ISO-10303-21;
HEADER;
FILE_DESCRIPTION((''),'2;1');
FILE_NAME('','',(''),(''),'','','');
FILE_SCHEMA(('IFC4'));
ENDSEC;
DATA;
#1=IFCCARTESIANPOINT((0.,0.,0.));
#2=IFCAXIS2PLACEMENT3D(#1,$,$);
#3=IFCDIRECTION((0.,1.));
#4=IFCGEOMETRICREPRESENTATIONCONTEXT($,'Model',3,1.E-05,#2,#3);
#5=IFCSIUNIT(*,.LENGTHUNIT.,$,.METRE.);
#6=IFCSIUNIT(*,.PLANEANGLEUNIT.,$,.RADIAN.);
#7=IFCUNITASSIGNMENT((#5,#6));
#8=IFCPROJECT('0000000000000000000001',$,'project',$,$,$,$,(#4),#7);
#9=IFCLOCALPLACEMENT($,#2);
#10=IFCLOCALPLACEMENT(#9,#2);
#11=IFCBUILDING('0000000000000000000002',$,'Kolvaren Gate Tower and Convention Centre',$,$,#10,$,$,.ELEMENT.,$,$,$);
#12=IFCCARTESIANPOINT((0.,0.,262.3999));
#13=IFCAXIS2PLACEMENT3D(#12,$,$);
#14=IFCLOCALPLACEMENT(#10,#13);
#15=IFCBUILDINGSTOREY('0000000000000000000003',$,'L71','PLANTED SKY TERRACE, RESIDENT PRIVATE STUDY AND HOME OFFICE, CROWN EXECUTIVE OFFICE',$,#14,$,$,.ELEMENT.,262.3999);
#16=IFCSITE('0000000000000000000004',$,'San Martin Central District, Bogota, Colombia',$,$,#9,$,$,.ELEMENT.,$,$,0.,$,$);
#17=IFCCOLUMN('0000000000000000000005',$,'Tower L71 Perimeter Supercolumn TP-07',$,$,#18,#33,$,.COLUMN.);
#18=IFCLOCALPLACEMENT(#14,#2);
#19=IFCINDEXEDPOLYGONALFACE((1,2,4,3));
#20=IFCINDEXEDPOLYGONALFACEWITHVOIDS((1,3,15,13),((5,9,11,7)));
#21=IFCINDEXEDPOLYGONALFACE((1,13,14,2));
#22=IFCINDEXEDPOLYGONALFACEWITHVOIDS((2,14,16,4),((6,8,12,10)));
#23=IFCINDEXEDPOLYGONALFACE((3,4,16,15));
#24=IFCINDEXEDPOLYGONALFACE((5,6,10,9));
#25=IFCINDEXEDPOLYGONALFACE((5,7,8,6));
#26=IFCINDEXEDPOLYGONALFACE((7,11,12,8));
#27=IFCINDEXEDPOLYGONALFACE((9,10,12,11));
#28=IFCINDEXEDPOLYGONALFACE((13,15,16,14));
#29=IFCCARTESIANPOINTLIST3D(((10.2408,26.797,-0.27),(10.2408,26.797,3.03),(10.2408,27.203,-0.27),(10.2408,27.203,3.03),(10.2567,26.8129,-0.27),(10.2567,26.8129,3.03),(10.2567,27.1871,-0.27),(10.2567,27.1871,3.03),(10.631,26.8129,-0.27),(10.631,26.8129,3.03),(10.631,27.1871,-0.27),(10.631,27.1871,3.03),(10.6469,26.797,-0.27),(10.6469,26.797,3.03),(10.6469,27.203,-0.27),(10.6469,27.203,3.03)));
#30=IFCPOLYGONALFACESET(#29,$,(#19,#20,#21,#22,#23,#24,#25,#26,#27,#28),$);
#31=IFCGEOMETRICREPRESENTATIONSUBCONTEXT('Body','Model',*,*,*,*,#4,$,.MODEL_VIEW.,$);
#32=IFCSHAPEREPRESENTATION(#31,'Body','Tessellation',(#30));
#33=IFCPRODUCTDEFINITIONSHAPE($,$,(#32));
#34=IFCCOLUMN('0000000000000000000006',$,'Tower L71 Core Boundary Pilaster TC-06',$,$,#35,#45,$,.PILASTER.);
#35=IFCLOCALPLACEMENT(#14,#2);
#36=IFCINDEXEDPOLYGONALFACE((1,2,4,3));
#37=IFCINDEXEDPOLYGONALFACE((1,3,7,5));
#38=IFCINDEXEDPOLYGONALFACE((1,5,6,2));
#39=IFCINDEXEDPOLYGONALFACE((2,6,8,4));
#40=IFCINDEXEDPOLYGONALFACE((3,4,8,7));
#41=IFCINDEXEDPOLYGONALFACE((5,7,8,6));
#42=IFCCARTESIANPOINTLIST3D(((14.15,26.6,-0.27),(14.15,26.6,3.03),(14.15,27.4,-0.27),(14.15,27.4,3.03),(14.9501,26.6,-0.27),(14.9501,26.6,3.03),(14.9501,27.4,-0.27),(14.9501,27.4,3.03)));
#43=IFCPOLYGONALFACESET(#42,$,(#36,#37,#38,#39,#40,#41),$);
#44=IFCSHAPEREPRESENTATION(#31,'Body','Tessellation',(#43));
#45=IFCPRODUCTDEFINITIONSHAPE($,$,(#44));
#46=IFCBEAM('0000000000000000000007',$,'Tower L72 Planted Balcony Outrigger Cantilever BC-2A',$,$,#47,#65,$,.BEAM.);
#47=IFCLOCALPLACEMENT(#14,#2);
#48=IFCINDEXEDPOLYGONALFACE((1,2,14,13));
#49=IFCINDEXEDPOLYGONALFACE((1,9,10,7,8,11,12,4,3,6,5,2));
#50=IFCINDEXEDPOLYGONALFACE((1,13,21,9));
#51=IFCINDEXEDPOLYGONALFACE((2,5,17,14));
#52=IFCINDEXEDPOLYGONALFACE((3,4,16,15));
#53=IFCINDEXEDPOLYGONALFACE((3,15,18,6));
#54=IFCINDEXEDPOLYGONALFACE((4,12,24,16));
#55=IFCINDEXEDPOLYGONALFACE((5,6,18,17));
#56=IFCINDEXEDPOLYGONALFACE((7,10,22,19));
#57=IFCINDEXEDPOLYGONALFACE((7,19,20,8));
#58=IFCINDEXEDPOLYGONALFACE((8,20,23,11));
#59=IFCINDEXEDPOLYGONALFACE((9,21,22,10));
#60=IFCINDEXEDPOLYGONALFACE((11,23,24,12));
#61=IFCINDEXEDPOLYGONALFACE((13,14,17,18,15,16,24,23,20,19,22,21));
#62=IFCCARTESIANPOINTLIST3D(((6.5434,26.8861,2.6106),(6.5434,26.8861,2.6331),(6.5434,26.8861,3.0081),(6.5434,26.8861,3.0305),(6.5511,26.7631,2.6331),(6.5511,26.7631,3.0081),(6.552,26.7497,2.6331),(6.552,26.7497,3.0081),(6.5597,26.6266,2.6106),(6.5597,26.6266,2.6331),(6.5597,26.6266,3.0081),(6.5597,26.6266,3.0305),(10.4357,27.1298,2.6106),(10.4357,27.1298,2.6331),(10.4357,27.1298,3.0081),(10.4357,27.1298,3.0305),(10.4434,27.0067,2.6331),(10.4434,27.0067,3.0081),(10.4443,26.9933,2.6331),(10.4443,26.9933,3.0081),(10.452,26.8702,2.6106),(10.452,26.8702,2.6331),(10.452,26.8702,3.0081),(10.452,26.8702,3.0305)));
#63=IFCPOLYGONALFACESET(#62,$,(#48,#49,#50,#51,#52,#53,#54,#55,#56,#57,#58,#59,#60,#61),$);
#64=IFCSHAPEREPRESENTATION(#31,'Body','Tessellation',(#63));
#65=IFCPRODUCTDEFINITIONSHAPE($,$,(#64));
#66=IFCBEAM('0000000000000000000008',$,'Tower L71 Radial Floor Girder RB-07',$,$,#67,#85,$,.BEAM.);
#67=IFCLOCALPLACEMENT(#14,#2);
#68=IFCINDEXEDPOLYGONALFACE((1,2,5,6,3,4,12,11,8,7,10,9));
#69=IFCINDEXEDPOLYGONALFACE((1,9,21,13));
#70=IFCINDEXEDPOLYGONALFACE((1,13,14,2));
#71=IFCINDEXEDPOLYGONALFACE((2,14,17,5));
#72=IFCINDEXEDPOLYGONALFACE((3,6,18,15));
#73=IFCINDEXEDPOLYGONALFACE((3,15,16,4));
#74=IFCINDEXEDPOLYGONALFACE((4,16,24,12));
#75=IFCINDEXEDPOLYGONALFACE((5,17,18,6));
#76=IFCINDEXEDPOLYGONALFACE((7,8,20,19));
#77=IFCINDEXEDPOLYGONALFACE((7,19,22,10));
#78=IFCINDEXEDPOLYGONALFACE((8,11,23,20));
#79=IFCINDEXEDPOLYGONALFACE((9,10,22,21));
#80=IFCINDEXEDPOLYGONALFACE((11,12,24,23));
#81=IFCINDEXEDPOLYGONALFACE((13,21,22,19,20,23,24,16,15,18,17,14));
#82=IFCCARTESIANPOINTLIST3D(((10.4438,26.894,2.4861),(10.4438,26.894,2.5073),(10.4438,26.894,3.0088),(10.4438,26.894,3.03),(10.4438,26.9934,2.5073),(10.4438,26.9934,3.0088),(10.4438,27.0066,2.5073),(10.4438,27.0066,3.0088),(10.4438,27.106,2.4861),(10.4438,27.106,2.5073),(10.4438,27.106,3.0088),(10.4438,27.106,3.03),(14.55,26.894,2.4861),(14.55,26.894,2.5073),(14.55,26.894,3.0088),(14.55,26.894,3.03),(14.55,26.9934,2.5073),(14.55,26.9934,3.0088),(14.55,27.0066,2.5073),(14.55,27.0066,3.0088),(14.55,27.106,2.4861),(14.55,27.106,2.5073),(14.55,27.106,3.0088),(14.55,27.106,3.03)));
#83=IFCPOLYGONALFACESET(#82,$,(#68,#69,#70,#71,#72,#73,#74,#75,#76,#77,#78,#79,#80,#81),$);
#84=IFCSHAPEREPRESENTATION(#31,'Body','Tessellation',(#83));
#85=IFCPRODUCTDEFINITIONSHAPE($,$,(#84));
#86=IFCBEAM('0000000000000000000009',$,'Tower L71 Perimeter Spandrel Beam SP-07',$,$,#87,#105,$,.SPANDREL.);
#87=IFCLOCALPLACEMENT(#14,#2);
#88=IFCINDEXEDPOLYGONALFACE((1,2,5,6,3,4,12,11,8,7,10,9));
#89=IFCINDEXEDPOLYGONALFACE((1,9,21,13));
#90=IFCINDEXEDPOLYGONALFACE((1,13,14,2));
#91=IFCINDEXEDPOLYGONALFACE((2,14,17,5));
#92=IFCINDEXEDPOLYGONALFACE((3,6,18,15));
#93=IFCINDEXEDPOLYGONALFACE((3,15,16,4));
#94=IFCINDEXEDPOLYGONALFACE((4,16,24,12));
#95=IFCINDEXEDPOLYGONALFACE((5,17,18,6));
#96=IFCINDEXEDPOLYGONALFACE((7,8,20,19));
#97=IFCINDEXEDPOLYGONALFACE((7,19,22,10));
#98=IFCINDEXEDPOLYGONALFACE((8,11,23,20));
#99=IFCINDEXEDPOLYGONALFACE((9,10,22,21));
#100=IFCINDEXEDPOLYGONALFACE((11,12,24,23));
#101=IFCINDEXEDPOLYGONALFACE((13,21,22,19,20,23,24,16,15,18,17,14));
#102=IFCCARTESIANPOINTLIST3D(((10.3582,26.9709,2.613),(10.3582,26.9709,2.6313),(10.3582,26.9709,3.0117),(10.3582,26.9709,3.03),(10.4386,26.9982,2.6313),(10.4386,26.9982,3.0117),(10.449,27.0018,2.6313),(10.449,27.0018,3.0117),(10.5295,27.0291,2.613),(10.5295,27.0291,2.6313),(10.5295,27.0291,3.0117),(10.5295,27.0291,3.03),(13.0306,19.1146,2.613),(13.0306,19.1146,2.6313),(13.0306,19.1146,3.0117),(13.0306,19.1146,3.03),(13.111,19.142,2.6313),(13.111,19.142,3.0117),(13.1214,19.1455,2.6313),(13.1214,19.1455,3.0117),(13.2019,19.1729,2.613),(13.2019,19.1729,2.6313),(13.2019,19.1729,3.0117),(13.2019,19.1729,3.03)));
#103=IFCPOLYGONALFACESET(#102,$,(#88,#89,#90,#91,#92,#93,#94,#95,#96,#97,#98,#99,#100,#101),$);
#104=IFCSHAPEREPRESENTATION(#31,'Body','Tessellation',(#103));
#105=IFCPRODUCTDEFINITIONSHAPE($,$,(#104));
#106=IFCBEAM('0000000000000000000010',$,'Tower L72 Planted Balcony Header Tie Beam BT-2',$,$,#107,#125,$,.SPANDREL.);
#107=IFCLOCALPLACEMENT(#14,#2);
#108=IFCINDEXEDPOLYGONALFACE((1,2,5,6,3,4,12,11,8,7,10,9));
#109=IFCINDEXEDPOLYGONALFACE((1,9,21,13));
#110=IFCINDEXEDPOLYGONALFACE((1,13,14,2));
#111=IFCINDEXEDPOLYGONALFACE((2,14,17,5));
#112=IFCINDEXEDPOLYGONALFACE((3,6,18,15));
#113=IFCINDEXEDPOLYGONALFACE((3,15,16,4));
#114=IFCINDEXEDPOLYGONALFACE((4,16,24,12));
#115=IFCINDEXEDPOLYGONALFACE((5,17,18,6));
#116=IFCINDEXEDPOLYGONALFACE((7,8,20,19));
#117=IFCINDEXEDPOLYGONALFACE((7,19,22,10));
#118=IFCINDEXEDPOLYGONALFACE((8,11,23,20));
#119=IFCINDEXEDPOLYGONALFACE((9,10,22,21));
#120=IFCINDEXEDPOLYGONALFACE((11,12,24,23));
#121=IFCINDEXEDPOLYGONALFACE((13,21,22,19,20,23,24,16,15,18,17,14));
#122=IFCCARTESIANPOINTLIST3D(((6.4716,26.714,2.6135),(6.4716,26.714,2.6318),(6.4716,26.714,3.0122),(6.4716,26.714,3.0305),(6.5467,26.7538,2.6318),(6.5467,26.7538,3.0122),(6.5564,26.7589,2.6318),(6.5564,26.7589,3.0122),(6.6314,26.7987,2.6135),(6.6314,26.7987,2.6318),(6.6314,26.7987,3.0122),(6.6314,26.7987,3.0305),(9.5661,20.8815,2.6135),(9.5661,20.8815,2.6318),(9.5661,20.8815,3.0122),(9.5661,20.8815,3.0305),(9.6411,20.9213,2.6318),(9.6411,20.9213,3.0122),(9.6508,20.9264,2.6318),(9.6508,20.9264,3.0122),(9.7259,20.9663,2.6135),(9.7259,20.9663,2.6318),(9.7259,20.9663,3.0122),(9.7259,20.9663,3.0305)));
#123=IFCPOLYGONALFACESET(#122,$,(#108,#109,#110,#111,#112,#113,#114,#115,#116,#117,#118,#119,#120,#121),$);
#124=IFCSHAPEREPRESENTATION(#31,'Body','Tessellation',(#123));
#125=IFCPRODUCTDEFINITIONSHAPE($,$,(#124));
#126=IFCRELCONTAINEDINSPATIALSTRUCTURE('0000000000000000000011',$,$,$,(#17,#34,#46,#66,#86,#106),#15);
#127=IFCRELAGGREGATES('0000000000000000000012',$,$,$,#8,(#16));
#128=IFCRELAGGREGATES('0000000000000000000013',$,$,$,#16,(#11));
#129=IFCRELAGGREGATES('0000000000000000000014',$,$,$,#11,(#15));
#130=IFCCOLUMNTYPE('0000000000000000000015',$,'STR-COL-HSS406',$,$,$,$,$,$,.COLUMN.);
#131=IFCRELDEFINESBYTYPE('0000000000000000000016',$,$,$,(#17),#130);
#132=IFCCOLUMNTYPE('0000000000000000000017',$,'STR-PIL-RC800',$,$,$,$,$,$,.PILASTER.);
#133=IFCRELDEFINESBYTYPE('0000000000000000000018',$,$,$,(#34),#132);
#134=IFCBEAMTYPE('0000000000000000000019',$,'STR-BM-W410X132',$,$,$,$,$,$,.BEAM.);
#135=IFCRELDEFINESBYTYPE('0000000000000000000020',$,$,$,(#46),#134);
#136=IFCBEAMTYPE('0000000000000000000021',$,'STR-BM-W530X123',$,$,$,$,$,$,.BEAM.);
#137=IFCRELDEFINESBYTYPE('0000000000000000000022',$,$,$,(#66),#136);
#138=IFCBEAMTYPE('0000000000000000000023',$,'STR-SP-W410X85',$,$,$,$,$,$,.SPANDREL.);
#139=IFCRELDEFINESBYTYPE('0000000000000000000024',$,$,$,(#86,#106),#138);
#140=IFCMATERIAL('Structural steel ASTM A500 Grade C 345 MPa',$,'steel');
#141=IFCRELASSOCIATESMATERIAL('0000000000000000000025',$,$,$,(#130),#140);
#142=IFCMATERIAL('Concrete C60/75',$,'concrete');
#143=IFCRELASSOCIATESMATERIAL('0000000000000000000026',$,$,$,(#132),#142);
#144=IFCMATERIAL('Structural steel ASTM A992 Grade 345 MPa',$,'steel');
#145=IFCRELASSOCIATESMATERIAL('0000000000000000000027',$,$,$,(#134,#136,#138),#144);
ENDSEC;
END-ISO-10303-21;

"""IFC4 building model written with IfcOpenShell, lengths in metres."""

from ifc_helpers import new_model, si_unit, direction, frame, origin, origin_2d, place, context, subcontext, project, spatial, rectangle, hollow_rectangle, i_section, extrude, material, material_profile, profile_set, type_object, element, save


model = new_model("IFC4")

# Units and contexts
model_context = context("Model", 3, precision=1e-05, world=origin(), true_north=direction((0.0, 1.0)))
body_context = subcontext(model_context, "Body", "Model", "MODEL_VIEW")
ifc_project = project(units=[si_unit("LENGTHUNIT", "METRE"), si_unit("PLANEANGLEUNIT", "RADIAN")], contexts=[model_context])

# Site, building, storey
site_placement = place(None, origin())
site = spatial("IfcSite", under=ifc_project, at=site_placement, Name="San Martin Central District, Bogota, Colombia", CompositionType="ELEMENT", RefElevation=0.0)
building_placement = place(site_placement, origin())
building = spatial("IfcBuilding", under=site, at=building_placement, Name="Kolvaren Gate Tower and Convention Centre", CompositionType="ELEMENT")
storey_placement = place(building_placement, frame((0.0, 0.0, 262.3999)))
storey = spatial("IfcBuildingStorey", under=building, at=storey_placement, Name="L71", Description="PLANTED SKY TERRACE, RESIDENT PRIVATE STUDY AND HOME OFFICE, CROWN EXECUTIVE OFFICE", CompositionType="ELEMENT", Elevation=262.3999)

# Columns
ifc_material_1 = material(Name="Structural steel ASTM A500 Grade C 345 MPa", Category="steel")
ifc_material_profile_1 = material_profile(ifc_material_1, hollow_rectangle(XDim=0.406, YDim=0.406, WallThickness=0.0159, at=origin_2d()), Name="HSS406X406X15.9")
ifc_profile_set_1 = profile_set([ifc_material_profile_1], Name="Structural steel ASTM A500 Grade C 345 MPa")
column_type_1 = type_object("IfcColumnType", Name="STR-COL-HSS406", PredefinedType="COLUMN", material=ifc_profile_set_1)
column_1_placement = place(storey_placement, frame((10.4438, 27.0, -0.27), z_axis=(0.0, 0.0, 1.0), x_axis=(1.0, 0.0, 0.0)))
element("IfcColumn", 1, at=column_1_placement, inside=storey, type_object=column_type_1, Name="Tower L71 Perimeter Supercolumn TP-07", PredefinedType="COLUMN", context=body_context, shape_type="SweptSolid", body=[
    extrude(hollow_rectangle(XDim=0.406, YDim=0.406, WallThickness=0.0159, at=origin_2d()), origin(), (0.0, 0.0, 1.0), 3.3),
])
ifc_material_2 = material(Name="Concrete C60/75", Category="concrete")
ifc_material_profile_2 = material_profile(ifc_material_2, rectangle(XDim=0.8, YDim=0.8, at=origin_2d()), Name="RC-COL-800X800")
ifc_profile_set_2 = profile_set([ifc_material_profile_2], Name="Concrete C60/75")
column_type_2 = type_object("IfcColumnType", Name="STR-PIL-RC800", PredefinedType="PILASTER", material=ifc_profile_set_2)
column_2_placement = place(storey_placement, frame((14.55, 27.0, -0.27), z_axis=(0.0, 0.0, 1.0), x_axis=(1.0, 0.0, 0.0)))
element("IfcColumn", 2, at=column_2_placement, inside=storey, type_object=column_type_2, Name="Tower L71 Core Boundary Pilaster TC-06", PredefinedType="PILASTER", context=body_context, shape_type="SweptSolid", body=[
    extrude(rectangle(XDim=0.8, YDim=0.8, at=origin_2d()), origin(), (0.0, 0.0, 1.0), 3.3),
])

# Beams
ifc_material_3 = material(Name="Structural steel ASTM A992 Grade 345 MPa", Category="steel")
ifc_material_profile_3 = material_profile(ifc_material_3, i_section(OverallWidth=0.26, OverallDepth=0.4199, WebThickness=0.0134, FlangeThickness=0.0225, at=origin_2d()), Name="W410X132")
ifc_profile_set_3 = profile_set([ifc_material_profile_3], Name="Structural steel ASTM A992 Grade 345 MPa")
beam_type_1 = type_object("IfcBeamType", Name="STR-BM-W410X132", PredefinedType="BEAM", material=ifc_profile_set_3)
beam_1_placement = place(storey_placement, frame((10.4438, 27.0, 2.8206), z_axis=(-0.998046, -0.062476, 0.0), x_axis=(0.062476, -0.998046, 0.0)))
element("IfcBeam", 3, at=beam_1_placement, inside=storey, type_object=beam_type_1, Name="Tower L72 Planted Balcony Outrigger Cantilever BC-2A", PredefinedType="BEAM", context=body_context, shape_type="SweptSolid", body=[
    extrude(i_section(OverallWidth=0.26, OverallDepth=0.4199, WebThickness=0.0134, FlangeThickness=0.0225, at=origin_2d()), origin(), (0.0, 0.0, 1.0), 3.8999),
])
ifc_material_profile_4 = material_profile(ifc_material_3, i_section(OverallWidth=0.2119, OverallDepth=0.5439, WebThickness=0.0132, FlangeThickness=0.0212, at=origin_2d()), Name="W530X123")
ifc_profile_set_4 = profile_set([ifc_material_profile_4], Name="Structural steel ASTM A992 Grade 345 MPa")
beam_type_2 = type_object("IfcBeamType", Name="STR-BM-W530X123", PredefinedType="BEAM", material=ifc_profile_set_4)
beam_2_placement = place(storey_placement, frame((14.55, 27.0, 2.7581), z_axis=(-1.0, 0.0, 0.0), x_axis=(0.0, -1.0, 0.0)))
element("IfcBeam", 4, at=beam_2_placement, inside=storey, type_object=beam_type_2, Name="Tower L71 Radial Floor Girder RB-07", PredefinedType="BEAM", context=body_context, shape_type="SweptSolid", body=[
    extrude(i_section(OverallWidth=0.2119, OverallDepth=0.5439, WebThickness=0.0132, FlangeThickness=0.0212, at=origin_2d()), origin(), (0.0, 0.0, 1.0), 4.1062),
])
ifc_material_profile_5 = material_profile(ifc_material_3, i_section(OverallWidth=0.1809, OverallDepth=0.417, WebThickness=0.011, FlangeThickness=0.0183, at=origin_2d()), Name="W410X85")
ifc_profile_set_5 = profile_set([ifc_material_profile_5], Name="Structural steel ASTM A992 Grade 345 MPa")
beam_type_3 = type_object("IfcBeamType", Name="STR-SP-W410X85", PredefinedType="SPANDREL", material=ifc_profile_set_5)
beam_3_placement = place(storey_placement, frame((10.4438, 27.0, 2.8215), z_axis=(0.322038, -0.946727, 0.0), x_axis=(0.946727, 0.322038, 0.0)))
element("IfcBeam", 5, at=beam_3_placement, inside=storey, type_object=beam_type_3, Name="Tower L71 Perimeter Spandrel Beam SP-07", PredefinedType="SPANDREL", context=body_context, shape_type="SweptSolid", body=[
    extrude(i_section(OverallWidth=0.1809, OverallDepth=0.417, WebThickness=0.011, FlangeThickness=0.0183, at=origin_2d()), origin(), (0.0, 0.0, 1.0), 8.2983),
])
beam_4_placement = place(storey_placement, frame((6.5515, 26.7563, 2.822), z_axis=(0.468678, -0.883369, 0.0), x_axis=(0.883369, 0.468678, 0.0)))
element("IfcBeam", 6, at=beam_4_placement, inside=storey, type_object=beam_type_3, Name="Tower L72 Planted Balcony Header Tie Beam BT-2", PredefinedType="SPANDREL", context=body_context, shape_type="SweptSolid", body=[
    extrude(i_section(OverallWidth=0.1809, OverallDepth=0.417, WebThickness=0.011, FlangeThickness=0.0183, at=origin_2d()), origin(), (0.0, 0.0, 1.0), 6.6025),
])

save(model, "model.ifc")
